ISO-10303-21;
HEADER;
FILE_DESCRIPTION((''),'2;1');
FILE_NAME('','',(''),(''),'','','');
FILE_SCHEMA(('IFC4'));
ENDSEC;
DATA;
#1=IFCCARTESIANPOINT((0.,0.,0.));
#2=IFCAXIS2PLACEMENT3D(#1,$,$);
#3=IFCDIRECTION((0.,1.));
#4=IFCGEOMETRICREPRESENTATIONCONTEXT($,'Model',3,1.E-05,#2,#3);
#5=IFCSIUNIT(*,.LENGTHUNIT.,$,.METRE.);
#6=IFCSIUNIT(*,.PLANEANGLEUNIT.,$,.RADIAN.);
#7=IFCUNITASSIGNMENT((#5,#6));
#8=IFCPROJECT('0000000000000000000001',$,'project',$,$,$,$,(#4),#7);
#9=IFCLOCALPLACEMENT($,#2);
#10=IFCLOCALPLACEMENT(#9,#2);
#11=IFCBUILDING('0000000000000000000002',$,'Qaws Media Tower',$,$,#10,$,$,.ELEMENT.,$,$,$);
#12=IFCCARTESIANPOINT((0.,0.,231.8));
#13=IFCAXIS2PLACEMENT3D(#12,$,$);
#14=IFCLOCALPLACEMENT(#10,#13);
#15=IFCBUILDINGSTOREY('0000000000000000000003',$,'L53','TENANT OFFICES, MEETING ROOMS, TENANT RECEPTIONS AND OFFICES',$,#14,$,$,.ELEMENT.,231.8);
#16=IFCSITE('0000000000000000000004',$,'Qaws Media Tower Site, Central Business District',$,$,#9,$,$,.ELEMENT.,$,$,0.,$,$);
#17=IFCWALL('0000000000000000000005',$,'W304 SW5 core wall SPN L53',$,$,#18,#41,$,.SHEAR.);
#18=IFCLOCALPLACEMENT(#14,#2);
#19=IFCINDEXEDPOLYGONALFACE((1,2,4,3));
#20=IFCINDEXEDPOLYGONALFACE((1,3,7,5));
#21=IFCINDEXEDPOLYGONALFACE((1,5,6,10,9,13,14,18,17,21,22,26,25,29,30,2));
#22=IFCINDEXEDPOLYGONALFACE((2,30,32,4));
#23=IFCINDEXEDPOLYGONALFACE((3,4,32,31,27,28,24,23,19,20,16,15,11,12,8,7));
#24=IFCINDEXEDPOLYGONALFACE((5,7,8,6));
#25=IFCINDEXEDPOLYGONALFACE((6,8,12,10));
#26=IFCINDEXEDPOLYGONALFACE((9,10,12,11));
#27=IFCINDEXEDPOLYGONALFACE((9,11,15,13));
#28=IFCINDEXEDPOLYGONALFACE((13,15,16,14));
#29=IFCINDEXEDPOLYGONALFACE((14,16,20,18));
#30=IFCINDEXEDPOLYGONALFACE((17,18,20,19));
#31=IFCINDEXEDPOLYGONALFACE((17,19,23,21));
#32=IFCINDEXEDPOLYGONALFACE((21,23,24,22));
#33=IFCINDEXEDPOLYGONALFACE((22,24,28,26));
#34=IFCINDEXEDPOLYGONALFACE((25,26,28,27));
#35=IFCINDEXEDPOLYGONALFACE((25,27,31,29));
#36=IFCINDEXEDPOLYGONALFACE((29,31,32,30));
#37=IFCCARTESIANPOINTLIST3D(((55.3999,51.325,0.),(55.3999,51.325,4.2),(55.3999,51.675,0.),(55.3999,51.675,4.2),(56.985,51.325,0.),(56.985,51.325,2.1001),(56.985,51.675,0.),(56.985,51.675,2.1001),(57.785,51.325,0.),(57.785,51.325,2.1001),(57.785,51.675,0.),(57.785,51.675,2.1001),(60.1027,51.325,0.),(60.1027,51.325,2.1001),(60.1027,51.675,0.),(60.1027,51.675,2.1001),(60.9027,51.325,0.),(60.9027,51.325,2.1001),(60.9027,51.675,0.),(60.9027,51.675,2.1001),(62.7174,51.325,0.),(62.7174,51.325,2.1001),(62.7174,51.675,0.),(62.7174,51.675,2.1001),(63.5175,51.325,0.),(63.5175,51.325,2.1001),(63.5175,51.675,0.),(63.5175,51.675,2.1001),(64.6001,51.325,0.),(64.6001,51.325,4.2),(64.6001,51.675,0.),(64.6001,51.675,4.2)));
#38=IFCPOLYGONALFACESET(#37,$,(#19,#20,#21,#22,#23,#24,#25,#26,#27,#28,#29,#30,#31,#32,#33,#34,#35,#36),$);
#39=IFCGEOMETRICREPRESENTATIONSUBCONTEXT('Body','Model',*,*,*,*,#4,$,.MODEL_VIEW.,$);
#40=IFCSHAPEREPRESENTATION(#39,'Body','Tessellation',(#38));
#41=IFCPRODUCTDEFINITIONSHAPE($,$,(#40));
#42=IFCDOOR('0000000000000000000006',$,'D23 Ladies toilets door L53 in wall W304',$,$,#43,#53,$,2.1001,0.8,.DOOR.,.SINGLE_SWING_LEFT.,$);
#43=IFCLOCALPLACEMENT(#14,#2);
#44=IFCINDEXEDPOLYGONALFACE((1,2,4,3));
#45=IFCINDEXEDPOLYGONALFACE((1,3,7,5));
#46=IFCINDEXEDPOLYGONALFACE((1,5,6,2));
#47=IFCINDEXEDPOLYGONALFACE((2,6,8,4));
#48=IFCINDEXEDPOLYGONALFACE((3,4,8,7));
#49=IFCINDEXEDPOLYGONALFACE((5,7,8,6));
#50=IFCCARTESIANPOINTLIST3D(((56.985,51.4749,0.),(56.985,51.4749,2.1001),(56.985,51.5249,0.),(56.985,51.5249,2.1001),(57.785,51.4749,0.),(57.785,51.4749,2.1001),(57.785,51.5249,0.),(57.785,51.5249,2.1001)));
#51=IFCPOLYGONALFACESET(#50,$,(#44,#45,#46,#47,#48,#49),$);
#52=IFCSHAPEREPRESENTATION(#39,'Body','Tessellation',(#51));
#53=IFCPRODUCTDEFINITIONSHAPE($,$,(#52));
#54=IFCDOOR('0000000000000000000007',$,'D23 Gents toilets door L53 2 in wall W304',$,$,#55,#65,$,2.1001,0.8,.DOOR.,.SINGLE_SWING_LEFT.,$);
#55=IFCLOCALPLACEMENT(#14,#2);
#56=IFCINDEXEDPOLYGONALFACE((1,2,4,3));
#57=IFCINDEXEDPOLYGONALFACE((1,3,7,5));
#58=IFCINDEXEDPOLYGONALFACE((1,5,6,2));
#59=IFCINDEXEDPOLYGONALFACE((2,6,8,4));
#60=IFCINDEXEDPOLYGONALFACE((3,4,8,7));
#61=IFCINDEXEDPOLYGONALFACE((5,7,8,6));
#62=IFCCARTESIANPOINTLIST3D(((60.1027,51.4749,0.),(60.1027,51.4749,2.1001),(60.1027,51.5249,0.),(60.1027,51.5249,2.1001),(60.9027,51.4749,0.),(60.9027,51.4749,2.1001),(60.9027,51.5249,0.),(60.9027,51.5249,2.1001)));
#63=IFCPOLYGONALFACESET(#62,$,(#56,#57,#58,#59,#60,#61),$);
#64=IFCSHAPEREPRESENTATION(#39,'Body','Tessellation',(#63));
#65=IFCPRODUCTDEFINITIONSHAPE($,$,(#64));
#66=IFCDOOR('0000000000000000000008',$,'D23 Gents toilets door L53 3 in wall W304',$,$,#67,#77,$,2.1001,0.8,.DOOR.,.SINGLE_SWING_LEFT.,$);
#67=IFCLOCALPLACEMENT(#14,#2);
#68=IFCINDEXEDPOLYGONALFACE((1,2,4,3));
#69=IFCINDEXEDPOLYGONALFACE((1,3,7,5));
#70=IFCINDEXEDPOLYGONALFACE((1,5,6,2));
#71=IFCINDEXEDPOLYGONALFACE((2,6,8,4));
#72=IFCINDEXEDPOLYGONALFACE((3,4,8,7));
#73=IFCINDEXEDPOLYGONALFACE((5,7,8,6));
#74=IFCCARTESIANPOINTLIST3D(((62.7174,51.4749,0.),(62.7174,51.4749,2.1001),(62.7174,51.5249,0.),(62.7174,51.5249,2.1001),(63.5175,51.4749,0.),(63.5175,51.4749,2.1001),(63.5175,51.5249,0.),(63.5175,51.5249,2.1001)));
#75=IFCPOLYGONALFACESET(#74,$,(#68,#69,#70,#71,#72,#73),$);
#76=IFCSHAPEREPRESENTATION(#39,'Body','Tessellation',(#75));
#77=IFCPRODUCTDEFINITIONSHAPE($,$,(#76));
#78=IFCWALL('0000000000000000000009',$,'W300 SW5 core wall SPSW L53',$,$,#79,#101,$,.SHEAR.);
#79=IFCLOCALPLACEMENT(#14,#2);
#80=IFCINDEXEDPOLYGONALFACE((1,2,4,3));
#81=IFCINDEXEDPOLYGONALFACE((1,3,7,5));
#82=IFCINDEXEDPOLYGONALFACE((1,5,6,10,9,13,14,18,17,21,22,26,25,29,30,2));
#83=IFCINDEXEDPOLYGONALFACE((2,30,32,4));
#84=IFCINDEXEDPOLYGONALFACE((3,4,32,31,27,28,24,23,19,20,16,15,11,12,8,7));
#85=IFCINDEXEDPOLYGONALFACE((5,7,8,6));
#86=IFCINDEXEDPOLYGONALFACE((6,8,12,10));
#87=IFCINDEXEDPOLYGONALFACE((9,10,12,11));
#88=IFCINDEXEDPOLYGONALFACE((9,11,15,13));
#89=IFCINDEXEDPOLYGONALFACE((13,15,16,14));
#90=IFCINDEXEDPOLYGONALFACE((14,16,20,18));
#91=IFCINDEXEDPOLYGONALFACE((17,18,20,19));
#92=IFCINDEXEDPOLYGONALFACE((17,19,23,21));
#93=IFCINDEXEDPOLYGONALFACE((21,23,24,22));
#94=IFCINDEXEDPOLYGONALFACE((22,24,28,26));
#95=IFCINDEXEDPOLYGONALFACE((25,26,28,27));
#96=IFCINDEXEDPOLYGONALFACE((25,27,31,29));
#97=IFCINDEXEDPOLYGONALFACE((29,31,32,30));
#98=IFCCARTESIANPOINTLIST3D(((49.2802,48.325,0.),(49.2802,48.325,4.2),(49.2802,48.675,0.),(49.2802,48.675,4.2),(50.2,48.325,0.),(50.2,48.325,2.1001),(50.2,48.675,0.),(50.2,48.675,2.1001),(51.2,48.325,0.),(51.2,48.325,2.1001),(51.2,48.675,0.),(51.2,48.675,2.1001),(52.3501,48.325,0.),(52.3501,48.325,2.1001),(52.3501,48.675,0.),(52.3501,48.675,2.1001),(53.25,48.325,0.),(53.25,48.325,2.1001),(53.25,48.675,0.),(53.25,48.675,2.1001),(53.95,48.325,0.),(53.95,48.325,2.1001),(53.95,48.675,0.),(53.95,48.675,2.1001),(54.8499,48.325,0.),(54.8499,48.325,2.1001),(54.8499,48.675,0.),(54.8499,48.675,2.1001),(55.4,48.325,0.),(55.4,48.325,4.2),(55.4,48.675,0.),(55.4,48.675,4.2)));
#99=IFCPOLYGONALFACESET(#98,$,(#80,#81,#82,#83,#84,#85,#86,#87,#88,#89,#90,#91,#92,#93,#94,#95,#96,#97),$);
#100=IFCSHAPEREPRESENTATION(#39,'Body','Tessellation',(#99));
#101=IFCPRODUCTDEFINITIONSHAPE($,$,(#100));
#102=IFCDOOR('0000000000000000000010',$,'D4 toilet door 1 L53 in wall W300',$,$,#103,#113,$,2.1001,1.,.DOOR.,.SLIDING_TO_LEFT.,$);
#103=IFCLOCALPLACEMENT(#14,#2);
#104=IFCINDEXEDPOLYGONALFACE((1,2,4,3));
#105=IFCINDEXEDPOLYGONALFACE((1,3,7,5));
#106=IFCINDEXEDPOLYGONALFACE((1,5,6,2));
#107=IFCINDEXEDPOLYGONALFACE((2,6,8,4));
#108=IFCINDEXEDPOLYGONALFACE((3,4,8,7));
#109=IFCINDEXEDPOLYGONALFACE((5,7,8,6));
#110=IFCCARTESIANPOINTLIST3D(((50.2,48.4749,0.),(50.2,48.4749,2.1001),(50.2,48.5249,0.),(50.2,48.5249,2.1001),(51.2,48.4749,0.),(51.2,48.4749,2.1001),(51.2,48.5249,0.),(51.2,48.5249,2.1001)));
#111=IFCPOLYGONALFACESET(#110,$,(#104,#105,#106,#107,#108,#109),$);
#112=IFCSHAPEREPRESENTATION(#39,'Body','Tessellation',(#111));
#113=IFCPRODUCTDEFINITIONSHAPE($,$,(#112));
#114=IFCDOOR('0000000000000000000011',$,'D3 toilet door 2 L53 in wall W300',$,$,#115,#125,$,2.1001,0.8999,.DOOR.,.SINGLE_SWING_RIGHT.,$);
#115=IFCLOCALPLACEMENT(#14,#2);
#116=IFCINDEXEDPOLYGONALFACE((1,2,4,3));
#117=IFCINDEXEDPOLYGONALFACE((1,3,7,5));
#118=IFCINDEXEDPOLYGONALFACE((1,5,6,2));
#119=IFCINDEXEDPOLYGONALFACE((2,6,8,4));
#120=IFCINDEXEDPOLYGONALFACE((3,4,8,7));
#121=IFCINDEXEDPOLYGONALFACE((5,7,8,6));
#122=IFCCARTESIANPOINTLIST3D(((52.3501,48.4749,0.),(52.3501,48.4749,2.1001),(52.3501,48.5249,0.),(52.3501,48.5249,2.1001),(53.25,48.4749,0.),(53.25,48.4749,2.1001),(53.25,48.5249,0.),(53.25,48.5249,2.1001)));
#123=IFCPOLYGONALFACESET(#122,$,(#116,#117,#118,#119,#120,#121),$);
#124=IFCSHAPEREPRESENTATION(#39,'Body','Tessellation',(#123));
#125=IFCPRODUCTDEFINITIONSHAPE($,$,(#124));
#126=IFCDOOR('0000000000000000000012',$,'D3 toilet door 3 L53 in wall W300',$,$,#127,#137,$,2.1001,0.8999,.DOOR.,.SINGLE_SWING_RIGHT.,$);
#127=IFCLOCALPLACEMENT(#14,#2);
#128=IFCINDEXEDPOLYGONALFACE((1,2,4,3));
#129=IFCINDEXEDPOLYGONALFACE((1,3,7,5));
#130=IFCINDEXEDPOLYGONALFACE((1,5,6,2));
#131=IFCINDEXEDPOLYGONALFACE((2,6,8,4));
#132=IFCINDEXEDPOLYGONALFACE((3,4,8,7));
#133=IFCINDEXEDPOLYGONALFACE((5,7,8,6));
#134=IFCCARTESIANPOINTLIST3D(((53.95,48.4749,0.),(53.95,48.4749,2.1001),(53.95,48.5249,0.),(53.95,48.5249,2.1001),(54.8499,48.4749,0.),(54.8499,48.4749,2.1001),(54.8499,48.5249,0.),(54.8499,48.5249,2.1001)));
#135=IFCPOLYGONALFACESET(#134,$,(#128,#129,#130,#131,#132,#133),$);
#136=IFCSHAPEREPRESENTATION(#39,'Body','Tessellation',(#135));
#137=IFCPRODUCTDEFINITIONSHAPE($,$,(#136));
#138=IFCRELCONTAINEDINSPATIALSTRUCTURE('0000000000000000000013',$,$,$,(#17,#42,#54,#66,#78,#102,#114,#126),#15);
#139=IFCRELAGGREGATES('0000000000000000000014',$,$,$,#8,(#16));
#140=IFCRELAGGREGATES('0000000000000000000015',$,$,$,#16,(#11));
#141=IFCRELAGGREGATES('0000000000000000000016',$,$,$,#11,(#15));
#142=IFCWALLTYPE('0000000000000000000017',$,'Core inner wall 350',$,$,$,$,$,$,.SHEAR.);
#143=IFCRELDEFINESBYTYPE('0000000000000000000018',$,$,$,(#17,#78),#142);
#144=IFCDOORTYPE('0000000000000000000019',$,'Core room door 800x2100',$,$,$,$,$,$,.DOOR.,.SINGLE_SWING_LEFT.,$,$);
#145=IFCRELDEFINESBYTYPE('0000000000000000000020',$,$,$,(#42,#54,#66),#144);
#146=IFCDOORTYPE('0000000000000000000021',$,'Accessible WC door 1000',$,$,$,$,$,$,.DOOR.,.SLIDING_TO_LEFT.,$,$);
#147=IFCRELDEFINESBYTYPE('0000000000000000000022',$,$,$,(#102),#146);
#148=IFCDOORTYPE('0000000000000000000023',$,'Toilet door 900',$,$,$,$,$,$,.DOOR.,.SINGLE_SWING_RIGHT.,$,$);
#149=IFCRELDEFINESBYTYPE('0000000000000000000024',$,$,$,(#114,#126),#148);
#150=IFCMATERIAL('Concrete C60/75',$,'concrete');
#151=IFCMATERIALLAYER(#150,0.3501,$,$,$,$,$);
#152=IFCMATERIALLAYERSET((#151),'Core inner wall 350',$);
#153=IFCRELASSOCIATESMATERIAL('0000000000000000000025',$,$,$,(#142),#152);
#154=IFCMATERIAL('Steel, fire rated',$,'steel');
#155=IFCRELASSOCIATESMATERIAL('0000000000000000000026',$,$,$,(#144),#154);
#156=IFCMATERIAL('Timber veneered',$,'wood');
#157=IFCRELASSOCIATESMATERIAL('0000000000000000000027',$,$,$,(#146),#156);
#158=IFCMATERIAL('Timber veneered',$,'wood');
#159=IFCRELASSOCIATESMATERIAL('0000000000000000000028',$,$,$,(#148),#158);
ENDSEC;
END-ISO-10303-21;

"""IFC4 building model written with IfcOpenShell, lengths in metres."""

from ifc_helpers import new_model, si_unit, direction, frame, frame_2d, origin, place, context, subcontext, project, spatial, rectangle, extrude, material, layer, layer_set, type_object, element, fill, save


model = new_model("IFC4")

# Units and contexts
model_context = context("Model", 3, precision=1e-05, world=origin(), true_north=direction((0.0, 1.0)))
body_context = subcontext(model_context, "Body", "Model", "MODEL_VIEW")
ifc_project = project(units=[si_unit("LENGTHUNIT", "METRE"), si_unit("PLANEANGLEUNIT", "RADIAN")], contexts=[model_context])

# Site, building, storey
site_placement = place(None, origin())
site = spatial("IfcSite", under=ifc_project, at=site_placement, Name="Qaws Media Tower Site, Central Business District", CompositionType="ELEMENT", RefElevation=0.0)
building_placement = place(site_placement, origin())
building = spatial("IfcBuilding", under=site, at=building_placement, Name="Qaws Media Tower", CompositionType="ELEMENT")
storey_placement = place(building_placement, frame((0.0, 0.0, 231.8)))
storey = spatial("IfcBuildingStorey", under=building, at=storey_placement, Name="L53", Description="TENANT OFFICES, MEETING ROOMS, TENANT RECEPTIONS AND OFFICES", CompositionType="ELEMENT", Elevation=231.8)

# Shared definitions
ifc_material_1 = material(Name="Concrete C60/75", Category="concrete")
ifc_layer_1 = layer(ifc_material_1, 0.3501)
ifc_layer_set_1 = layer_set([ifc_layer_1], Name="Core inner wall 350")
wall_type_1 = type_object("IfcWallType", Name="Core inner wall 350", PredefinedType="SHEAR", material=ifc_layer_set_1)

# Walls, openings, doors
wall_1_placement = place(storey_placement, frame((55.3999, 51.5, 0.0), z_axis=(0.0, 0.0, 1.0), x_axis=(1.0, 0.0, 0.0)))
wall_1 = element("IfcWall", 1, at=wall_1_placement, inside=storey, type_object=wall_type_1, Name="W304 SW5 core wall SPN L53", PredefinedType="SHEAR", context=body_context, shape_type="SweptSolid", body=[
    extrude(rectangle(XDim=9.2002, YDim=0.3501, at=frame_2d((4.6001, 0.0))), origin(), (0.0, 0.0, 1.0), 4.2),
])
opening_1_placement = place(wall_1_placement, frame((1.5852, 0.0, 0.0)))
opening_1 = element("IfcOpeningElement", 2, at=opening_1_placement, cuts=wall_1, PredefinedType="OPENING", context=body_context, shape_type="SweptSolid", body=[
    extrude(rectangle(XDim=0.8, YDim=2.1001, at=frame_2d((0.3999, 1.05))), frame((0.0, 0.1851, 0.0), z_axis=(0.0, -1.0, 0.0), x_axis=(1.0, 0.0, 0.0)), (0.0, 0.0, 1.0), 0.3701),
])
opening_2_placement = place(wall_1_placement, frame((4.7029, 0.0, 0.0)))
opening_2 = element("IfcOpeningElement", 3, at=opening_2_placement, cuts=wall_1, PredefinedType="OPENING", context=body_context, shape_type="SweptSolid", body=[
    extrude(rectangle(XDim=0.8, YDim=2.1001, at=frame_2d((0.3999, 1.05))), frame((0.0, 0.1851, 0.0), z_axis=(0.0, -1.0, 0.0), x_axis=(1.0, 0.0, 0.0)), (0.0, 0.0, 1.0), 0.3701),
])
opening_3_placement = place(wall_1_placement, frame((7.3176, 0.0, 0.0)))
opening_3 = element("IfcOpeningElement", 4, at=opening_3_placement, cuts=wall_1, PredefinedType="OPENING", context=body_context, shape_type="SweptSolid", body=[
    extrude(rectangle(XDim=0.8, YDim=2.1001, at=frame_2d((0.3999, 1.05))), frame((0.0, 0.1851, 0.0), z_axis=(0.0, -1.0, 0.0), x_axis=(1.0, 0.0, 0.0)), (0.0, 0.0, 1.0), 0.3701),
])
ifc_material_2 = material(Name="Steel, fire rated", Category="steel")
door_type_1 = type_object("IfcDoorType", Name="Core room door 800x2100", OperationType="SINGLE_SWING_LEFT", PredefinedType="DOOR", material=ifc_material_2)
door_1_placement = place(opening_1_placement, origin())
door_1 = element("IfcDoor", 5, at=door_1_placement, inside=storey, type_object=door_type_1, Name="D23 Ladies toilets door L53 in wall W304", OperationType="SINGLE_SWING_LEFT", OverallHeight=2.1001, OverallWidth=0.8, PredefinedType="DOOR", context=body_context, shape_type="SweptSolid", body=[
    extrude(rectangle(XDim=0.8, YDim=2.1001, at=frame_2d((0.3999, 1.05))), frame((0.0, 0.0249, 0.0), z_axis=(0.0, -1.0, 0.0), x_axis=(1.0, 0.0, 0.0)), (0.0, 0.0, 1.0), 0.05),
])
fill(opening_1, door_1)
door_2_placement = place(opening_2_placement, origin())
door_2 = element("IfcDoor", 6, at=door_2_placement, inside=storey, type_object=door_type_1, Name="D23 Gents toilets door L53 2 in wall W304", OperationType="SINGLE_SWING_LEFT", OverallHeight=2.1001, OverallWidth=0.8, PredefinedType="DOOR", context=body_context, shape_type="SweptSolid", body=[
    extrude(rectangle(XDim=0.8, YDim=2.1001, at=frame_2d((0.3999, 1.05))), frame((0.0, 0.0249, 0.0), z_axis=(0.0, -1.0, 0.0), x_axis=(1.0, 0.0, 0.0)), (0.0, 0.0, 1.0), 0.05),
])
fill(opening_2, door_2)
door_3_placement = place(opening_3_placement, origin())
door_3 = element("IfcDoor", 7, at=door_3_placement, inside=storey, type_object=door_type_1, Name="D23 Gents toilets door L53 3 in wall W304", OperationType="SINGLE_SWING_LEFT", OverallHeight=2.1001, OverallWidth=0.8, PredefinedType="DOOR", context=body_context, shape_type="SweptSolid", body=[
    extrude(rectangle(XDim=0.8, YDim=2.1001, at=frame_2d((0.3999, 1.05))), frame((0.0, 0.0249, 0.0), z_axis=(0.0, -1.0, 0.0), x_axis=(1.0, 0.0, 0.0)), (0.0, 0.0, 1.0), 0.05),
])
fill(opening_3, door_3)
wall_2_placement = place(storey_placement, frame((49.28, 48.5, 0.0), z_axis=(0.0, 0.0, 1.0), x_axis=(1.0, 0.0, 0.0)))
wall_2 = element("IfcWall", 8, at=wall_2_placement, inside=storey, type_object=wall_type_1, Name="W300 SW5 core wall SPSW L53", PredefinedType="SHEAR", context=body_context, shape_type="SweptSolid", body=[
    extrude(rectangle(XDim=6.1199, YDim=0.3501, at=frame_2d((3.0601, 0.0))), origin(), (0.0, 0.0, 1.0), 4.2),
])
opening_4_placement = place(wall_2_placement, frame((0.9199, 0.0, 0.0)))
opening_4 = element("IfcOpeningElement", 9, at=opening_4_placement, cuts=wall_2, PredefinedType="OPENING", context=body_context, shape_type="SweptSolid", body=[
    extrude(rectangle(XDim=1.0, YDim=2.1001, at=frame_2d((0.5, 1.05))), frame((0.0, 0.1851, 0.0), z_axis=(0.0, -1.0, 0.0), x_axis=(1.0, 0.0, 0.0)), (0.0, 0.0, 1.0), 0.3701),
])
opening_5_placement = place(wall_2_placement, frame((3.0701, 0.0, 0.0)))
opening_5 = element("IfcOpeningElement", 10, at=opening_5_placement, cuts=wall_2, PredefinedType="OPENING", context=body_context, shape_type="SweptSolid", body=[
    extrude(rectangle(XDim=0.8999, YDim=2.1001, at=frame_2d((0.45, 1.05))), frame((0.0, 0.1851, 0.0), z_axis=(0.0, -1.0, 0.0), x_axis=(1.0, 0.0, 0.0)), (0.0, 0.0, 1.0), 0.3701),
])
opening_6_placement = place(wall_2_placement, frame((4.6699, 0.0, 0.0)))
opening_6 = element("IfcOpeningElement", 11, at=opening_6_placement, cuts=wall_2, PredefinedType="OPENING", context=body_context, shape_type="SweptSolid", body=[
    extrude(rectangle(XDim=0.8999, YDim=2.1001, at=frame_2d((0.45, 1.05))), frame((0.0, 0.1851, 0.0), z_axis=(0.0, -1.0, 0.0), x_axis=(1.0, 0.0, 0.0)), (0.0, 0.0, 1.0), 0.3701),
])
ifc_material_3 = material(Name="Timber veneered", Category="wood")
door_type_2 = type_object("IfcDoorType", Name="Accessible WC door 1000", OperationType="SLIDING_TO_LEFT", PredefinedType="DOOR", material=ifc_material_3)
door_4_placement = place(opening_4_placement, origin())
door_4 = element("IfcDoor", 12, at=door_4_placement, inside=storey, type_object=door_type_2, Name="D4 toilet door 1 L53 in wall W300", OperationType="SLIDING_TO_LEFT", OverallHeight=2.1001, OverallWidth=1.0, PredefinedType="DOOR", context=body_context, shape_type="SweptSolid", body=[
    extrude(rectangle(XDim=1.0, YDim=2.1001, at=frame_2d((0.5, 1.05))), frame((0.0, 0.0249, 0.0), z_axis=(0.0, -1.0, 0.0), x_axis=(1.0, 0.0, 0.0)), (0.0, 0.0, 1.0), 0.05),
])
fill(opening_4, door_4)
ifc_material_4 = material(Name="Timber veneered", Category="wood")
door_type_3 = type_object("IfcDoorType", Name="Toilet door 900", OperationType="SINGLE_SWING_RIGHT", PredefinedType="DOOR", material=ifc_material_4)
door_5_placement = place(opening_5_placement, origin())
door_5 = element("IfcDoor", 13, at=door_5_placement, inside=storey, type_object=door_type_3, Name="D3 toilet door 2 L53 in wall W300", OperationType="SINGLE_SWING_RIGHT", OverallHeight=2.1001, OverallWidth=0.8999, PredefinedType="DOOR", context=body_context, shape_type="SweptSolid", body=[
    extrude(rectangle(XDim=0.8999, YDim=2.1001, at=frame_2d((0.45, 1.05))), frame((0.0, 0.0249, 0.0), z_axis=(0.0, -1.0, 0.0), x_axis=(1.0, 0.0, 0.0)), (0.0, 0.0, 1.0), 0.05),
])
fill(opening_5, door_5)
door_6_placement = place(opening_6_placement, origin())
door_6 = element("IfcDoor", 14, at=door_6_placement, inside=storey, type_object=door_type_3, Name="D3 toilet door 3 L53 in wall W300", OperationType="SINGLE_SWING_RIGHT", OverallHeight=2.1001, OverallWidth=0.8999, PredefinedType="DOOR", context=body_context, shape_type="SweptSolid", body=[
    extrude(rectangle(XDim=0.8999, YDim=2.1001, at=frame_2d((0.45, 1.05))), frame((0.0, 0.0249, 0.0), z_axis=(0.0, -1.0, 0.0), x_axis=(1.0, 0.0, 0.0)), (0.0, 0.0, 1.0), 0.05),
])
fill(opening_6, door_6)

save(model, "model.ifc")
